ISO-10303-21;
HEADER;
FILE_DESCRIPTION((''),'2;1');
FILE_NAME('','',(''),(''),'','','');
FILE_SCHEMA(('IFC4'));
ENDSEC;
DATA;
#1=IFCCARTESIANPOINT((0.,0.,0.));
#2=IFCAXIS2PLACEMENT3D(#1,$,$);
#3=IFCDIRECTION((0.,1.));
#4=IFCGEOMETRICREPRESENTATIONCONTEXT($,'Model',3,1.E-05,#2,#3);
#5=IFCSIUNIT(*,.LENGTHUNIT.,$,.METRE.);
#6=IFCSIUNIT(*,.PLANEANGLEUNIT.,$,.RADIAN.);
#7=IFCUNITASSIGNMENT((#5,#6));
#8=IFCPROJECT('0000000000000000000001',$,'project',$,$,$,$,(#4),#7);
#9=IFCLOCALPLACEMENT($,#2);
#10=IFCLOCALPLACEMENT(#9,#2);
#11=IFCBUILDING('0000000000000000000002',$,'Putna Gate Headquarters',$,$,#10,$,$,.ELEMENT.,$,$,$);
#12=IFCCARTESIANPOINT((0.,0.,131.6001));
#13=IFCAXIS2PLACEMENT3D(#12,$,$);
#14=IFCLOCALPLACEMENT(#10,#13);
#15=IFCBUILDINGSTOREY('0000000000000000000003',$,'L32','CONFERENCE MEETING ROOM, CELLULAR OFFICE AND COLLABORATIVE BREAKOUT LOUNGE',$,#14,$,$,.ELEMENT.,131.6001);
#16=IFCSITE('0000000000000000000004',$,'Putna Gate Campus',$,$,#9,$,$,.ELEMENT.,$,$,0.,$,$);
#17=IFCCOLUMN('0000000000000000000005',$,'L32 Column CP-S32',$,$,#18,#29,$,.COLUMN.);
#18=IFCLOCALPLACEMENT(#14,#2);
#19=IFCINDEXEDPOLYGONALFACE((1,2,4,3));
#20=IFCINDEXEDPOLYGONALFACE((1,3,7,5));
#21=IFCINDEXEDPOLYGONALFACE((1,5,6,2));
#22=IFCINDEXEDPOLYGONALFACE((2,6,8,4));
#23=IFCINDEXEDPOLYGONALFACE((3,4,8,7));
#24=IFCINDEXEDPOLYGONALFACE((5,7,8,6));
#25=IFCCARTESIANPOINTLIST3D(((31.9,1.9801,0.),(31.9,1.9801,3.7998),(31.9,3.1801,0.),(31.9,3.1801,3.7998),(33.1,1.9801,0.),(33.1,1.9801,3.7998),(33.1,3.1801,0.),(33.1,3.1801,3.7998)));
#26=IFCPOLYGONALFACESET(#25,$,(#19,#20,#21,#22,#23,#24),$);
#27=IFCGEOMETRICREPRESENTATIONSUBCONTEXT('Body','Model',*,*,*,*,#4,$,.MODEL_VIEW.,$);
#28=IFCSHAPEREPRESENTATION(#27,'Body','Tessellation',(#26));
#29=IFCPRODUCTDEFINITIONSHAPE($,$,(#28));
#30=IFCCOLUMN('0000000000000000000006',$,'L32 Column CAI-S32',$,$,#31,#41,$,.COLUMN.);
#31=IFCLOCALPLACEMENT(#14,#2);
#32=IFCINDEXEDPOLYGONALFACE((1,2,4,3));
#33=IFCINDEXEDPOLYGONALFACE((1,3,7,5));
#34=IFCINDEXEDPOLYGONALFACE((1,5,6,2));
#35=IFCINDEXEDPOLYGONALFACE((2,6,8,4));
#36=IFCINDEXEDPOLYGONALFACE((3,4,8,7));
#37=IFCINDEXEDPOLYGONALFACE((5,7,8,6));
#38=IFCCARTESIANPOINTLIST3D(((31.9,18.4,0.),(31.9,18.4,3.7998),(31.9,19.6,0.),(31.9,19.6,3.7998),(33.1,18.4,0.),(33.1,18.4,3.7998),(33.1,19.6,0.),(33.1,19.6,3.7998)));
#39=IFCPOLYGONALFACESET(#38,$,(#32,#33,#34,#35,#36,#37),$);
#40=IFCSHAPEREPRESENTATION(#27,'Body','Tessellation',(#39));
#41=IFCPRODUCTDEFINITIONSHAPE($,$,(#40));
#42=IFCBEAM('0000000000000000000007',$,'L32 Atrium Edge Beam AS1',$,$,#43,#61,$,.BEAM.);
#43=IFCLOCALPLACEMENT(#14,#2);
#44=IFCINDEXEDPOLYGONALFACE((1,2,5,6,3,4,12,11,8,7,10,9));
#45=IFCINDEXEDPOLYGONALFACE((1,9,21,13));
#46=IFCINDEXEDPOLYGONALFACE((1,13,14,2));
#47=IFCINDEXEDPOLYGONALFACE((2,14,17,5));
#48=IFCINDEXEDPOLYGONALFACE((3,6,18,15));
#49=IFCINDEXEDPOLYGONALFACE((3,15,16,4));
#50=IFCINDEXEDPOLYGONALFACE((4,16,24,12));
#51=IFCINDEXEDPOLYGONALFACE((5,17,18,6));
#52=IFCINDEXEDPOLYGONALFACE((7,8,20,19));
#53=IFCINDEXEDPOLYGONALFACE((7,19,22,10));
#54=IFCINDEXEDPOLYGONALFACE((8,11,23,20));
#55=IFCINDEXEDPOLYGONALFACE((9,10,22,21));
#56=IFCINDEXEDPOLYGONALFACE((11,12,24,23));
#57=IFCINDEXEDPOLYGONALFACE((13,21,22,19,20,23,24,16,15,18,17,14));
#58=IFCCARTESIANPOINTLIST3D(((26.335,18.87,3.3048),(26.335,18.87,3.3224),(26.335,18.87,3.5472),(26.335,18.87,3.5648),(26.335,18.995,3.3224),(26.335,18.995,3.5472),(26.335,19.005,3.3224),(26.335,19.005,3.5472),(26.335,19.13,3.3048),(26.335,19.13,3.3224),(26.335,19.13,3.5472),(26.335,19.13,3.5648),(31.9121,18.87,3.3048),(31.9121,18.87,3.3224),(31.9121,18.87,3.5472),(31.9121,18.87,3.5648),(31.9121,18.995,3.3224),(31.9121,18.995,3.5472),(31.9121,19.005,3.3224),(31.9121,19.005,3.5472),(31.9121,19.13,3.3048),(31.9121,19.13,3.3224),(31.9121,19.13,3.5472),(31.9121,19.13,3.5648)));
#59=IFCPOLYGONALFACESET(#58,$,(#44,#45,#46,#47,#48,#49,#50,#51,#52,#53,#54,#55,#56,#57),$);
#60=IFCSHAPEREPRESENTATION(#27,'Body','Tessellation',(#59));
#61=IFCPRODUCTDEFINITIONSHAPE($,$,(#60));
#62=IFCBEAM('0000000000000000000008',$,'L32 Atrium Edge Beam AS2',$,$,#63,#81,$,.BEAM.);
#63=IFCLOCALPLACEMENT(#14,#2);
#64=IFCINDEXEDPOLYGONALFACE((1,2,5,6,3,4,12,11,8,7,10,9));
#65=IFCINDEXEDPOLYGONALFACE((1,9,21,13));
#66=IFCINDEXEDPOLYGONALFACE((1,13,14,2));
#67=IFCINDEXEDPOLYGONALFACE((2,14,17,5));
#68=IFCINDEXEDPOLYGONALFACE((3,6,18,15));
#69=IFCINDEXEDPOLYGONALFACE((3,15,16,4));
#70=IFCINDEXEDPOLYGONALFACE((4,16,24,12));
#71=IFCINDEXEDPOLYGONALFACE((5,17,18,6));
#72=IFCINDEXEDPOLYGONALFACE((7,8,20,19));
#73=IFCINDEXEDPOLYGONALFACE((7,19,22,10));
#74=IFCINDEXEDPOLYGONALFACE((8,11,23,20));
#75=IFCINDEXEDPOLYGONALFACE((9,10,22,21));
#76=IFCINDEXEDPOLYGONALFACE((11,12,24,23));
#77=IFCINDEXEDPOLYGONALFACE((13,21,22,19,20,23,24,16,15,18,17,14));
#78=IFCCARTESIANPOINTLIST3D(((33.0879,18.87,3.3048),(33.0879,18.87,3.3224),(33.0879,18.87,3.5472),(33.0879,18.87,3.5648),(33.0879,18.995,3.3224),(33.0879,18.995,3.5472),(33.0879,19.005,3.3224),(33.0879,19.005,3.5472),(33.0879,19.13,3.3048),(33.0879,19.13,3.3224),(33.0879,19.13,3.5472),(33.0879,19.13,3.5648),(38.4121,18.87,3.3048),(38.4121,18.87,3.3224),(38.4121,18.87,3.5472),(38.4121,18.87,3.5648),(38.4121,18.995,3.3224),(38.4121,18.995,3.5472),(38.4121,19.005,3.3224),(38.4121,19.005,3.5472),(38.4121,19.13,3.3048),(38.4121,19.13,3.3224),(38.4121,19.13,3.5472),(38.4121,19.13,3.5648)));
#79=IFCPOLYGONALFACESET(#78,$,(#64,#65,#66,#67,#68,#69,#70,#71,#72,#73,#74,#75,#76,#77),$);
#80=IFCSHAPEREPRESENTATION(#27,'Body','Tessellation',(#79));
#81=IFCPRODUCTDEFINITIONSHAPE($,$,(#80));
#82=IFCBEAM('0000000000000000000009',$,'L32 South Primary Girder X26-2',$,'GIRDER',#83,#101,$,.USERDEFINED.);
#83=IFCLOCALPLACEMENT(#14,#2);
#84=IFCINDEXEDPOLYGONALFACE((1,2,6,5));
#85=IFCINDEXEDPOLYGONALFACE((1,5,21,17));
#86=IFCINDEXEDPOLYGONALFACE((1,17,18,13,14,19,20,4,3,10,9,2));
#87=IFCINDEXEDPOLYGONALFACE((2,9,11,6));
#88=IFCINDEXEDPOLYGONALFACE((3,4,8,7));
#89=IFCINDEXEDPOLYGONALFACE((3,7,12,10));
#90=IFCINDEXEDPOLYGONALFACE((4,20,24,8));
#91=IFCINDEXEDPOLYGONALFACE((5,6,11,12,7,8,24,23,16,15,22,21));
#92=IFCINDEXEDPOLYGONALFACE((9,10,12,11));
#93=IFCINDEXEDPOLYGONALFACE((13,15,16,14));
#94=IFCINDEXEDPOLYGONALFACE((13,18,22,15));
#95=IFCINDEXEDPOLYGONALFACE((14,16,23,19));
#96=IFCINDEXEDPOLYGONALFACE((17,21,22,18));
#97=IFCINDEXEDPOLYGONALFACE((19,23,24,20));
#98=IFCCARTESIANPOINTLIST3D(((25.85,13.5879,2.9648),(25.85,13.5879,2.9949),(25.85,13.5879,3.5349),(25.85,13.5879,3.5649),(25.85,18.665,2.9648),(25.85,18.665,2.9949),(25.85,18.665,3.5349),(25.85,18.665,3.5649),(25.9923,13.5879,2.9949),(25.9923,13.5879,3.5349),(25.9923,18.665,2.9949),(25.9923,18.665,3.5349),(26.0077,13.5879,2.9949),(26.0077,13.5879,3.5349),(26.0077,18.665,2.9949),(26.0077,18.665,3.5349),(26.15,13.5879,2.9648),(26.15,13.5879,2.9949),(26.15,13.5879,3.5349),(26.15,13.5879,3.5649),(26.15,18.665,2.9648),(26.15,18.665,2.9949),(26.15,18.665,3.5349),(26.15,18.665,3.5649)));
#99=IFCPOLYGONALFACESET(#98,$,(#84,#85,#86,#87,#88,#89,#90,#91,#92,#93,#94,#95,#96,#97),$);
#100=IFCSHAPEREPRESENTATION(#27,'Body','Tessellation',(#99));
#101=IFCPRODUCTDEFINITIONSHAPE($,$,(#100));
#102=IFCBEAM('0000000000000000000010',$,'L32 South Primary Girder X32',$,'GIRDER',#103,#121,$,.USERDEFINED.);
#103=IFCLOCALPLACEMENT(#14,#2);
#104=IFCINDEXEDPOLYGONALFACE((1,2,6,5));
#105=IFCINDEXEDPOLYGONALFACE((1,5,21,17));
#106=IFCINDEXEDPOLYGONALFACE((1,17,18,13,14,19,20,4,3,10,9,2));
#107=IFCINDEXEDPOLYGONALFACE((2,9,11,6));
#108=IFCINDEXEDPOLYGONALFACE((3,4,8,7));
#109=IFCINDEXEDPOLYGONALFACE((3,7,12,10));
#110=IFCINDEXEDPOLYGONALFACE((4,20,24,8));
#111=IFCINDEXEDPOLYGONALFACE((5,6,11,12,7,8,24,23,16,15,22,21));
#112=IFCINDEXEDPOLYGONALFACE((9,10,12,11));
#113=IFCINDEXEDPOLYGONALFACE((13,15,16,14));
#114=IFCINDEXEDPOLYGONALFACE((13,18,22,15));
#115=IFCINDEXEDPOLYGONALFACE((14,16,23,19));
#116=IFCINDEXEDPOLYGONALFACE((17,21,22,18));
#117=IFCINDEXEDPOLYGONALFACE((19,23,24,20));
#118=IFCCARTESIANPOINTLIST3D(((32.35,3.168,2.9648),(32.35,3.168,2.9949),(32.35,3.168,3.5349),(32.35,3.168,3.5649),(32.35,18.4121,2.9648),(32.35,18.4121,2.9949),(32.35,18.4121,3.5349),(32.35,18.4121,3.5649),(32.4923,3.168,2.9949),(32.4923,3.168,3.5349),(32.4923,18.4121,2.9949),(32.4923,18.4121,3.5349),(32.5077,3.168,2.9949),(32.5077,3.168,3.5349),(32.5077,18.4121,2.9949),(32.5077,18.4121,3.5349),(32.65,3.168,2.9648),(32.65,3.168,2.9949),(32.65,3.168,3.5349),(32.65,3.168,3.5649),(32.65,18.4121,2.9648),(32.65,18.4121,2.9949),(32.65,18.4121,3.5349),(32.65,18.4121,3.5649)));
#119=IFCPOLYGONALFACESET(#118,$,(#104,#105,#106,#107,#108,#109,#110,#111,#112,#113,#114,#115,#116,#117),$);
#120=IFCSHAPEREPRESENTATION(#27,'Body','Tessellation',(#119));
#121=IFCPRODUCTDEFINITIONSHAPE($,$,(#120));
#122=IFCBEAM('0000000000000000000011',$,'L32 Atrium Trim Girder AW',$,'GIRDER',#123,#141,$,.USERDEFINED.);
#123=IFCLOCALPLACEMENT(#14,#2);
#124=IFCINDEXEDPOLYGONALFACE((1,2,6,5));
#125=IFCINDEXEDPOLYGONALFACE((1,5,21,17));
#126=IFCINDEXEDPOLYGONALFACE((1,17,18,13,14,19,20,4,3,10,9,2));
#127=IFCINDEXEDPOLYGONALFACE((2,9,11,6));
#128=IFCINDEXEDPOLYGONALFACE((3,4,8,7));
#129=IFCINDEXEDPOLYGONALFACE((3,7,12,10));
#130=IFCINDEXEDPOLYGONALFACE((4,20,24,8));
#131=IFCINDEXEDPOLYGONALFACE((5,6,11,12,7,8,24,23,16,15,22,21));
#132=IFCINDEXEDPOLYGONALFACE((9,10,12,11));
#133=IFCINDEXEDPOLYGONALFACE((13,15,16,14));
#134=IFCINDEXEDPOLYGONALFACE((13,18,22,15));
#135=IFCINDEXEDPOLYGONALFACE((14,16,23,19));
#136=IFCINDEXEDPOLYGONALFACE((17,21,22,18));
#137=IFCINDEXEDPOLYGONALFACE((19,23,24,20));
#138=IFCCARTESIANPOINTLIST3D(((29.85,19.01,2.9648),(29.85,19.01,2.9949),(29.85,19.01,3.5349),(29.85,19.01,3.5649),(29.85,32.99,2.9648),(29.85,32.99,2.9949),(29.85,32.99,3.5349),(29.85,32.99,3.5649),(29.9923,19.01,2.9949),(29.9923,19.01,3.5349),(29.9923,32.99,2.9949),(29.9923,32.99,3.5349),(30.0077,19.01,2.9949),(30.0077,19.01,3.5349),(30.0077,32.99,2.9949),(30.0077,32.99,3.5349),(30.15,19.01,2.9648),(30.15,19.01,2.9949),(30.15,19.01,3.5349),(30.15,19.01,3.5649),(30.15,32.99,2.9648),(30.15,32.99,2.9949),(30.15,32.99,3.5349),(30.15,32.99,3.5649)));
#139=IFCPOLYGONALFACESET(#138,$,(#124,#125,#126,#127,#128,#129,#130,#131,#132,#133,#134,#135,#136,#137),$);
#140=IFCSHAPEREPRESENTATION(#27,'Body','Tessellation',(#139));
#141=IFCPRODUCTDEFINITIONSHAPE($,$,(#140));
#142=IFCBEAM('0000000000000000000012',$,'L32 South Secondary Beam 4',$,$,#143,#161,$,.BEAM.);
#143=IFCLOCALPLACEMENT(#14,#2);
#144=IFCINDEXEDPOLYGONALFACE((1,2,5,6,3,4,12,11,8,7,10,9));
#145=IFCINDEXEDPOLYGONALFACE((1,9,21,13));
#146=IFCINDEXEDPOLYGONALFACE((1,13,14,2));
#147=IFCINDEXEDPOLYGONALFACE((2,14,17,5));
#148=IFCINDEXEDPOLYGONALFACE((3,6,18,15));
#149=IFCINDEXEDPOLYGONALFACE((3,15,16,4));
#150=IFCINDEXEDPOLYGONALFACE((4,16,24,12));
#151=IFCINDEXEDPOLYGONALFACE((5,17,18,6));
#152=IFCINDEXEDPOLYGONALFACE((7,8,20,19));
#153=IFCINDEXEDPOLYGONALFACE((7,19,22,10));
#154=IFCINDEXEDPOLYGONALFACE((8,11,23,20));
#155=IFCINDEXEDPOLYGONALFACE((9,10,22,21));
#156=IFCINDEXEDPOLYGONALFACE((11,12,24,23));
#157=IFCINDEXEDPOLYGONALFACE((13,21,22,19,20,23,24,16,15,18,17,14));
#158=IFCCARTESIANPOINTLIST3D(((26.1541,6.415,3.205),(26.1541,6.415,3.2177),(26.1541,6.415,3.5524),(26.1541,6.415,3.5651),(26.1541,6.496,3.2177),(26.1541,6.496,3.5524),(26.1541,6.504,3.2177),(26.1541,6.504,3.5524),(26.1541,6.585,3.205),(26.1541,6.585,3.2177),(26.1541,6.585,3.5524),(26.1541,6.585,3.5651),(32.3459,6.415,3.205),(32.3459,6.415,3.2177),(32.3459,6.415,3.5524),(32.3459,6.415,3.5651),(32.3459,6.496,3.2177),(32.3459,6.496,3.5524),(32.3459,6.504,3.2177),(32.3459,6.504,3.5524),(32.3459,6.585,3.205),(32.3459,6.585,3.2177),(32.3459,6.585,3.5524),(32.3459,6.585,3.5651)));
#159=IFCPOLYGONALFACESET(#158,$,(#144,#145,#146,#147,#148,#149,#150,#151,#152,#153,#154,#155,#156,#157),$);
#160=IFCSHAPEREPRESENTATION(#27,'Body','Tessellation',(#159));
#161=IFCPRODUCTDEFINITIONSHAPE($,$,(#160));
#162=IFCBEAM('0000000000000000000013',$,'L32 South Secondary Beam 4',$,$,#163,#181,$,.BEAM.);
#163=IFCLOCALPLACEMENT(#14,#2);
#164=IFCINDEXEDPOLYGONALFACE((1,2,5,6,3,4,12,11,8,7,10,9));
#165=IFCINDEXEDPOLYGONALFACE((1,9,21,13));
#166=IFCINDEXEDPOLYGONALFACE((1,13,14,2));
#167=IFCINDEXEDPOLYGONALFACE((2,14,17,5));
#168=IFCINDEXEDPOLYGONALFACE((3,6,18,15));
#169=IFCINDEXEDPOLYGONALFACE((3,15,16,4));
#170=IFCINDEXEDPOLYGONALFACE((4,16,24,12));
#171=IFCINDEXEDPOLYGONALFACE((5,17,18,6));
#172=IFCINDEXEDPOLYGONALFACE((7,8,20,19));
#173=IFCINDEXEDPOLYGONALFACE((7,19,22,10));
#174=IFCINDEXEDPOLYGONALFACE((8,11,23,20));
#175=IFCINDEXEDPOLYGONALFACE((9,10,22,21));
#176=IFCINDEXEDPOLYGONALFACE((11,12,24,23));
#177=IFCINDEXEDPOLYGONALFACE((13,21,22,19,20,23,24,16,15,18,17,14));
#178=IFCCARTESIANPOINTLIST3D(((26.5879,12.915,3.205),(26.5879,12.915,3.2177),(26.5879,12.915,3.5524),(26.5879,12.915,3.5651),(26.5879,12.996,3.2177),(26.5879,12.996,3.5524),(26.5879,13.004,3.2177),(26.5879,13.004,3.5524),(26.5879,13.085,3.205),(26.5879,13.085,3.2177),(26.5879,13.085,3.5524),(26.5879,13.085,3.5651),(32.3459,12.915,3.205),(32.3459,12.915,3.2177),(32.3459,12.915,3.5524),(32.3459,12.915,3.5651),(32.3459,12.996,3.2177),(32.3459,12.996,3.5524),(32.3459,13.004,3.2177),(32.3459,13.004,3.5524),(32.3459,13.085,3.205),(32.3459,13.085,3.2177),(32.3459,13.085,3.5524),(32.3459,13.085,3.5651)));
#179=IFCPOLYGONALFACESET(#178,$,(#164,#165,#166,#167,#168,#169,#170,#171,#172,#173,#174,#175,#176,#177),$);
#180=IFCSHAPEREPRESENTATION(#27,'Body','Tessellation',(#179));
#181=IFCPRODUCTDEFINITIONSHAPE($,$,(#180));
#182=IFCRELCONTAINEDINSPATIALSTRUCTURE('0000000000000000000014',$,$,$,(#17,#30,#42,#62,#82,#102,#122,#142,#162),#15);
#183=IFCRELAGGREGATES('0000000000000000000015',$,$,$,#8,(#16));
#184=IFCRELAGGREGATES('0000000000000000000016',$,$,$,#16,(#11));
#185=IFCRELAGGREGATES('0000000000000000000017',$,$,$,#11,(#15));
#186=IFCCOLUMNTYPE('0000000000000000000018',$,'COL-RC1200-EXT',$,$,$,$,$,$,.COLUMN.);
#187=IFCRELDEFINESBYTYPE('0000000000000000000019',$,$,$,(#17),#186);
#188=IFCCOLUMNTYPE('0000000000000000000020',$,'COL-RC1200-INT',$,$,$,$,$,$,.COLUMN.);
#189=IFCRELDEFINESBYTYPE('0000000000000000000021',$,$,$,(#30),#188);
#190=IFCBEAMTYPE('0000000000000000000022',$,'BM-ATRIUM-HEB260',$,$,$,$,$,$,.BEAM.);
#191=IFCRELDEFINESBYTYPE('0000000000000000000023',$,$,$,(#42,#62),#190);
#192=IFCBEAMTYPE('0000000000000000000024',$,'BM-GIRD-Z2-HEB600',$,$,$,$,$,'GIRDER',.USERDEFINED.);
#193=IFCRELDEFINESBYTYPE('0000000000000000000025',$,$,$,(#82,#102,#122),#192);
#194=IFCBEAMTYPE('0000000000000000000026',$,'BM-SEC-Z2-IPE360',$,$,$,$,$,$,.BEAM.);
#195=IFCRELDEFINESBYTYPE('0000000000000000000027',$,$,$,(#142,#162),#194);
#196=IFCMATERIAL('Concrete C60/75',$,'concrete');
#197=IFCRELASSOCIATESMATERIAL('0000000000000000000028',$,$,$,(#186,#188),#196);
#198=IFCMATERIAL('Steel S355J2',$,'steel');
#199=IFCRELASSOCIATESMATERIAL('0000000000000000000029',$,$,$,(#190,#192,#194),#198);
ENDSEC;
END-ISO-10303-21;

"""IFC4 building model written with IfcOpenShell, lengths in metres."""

from ifc_helpers import new_model, si_unit, direction, frame, origin, origin_2d, place, context, subcontext, project, spatial, rectangle, i_section, extrude, material, material_profile, profile_set, type_object, element, save


model = new_model("IFC4")

# Units and contexts
model_context = context("Model", 3, precision=1e-05, world=origin(), true_north=direction((0.0, 1.0)))
body_context = subcontext(model_context, "Body", "Model", "MODEL_VIEW")
ifc_project = project(units=[si_unit("LENGTHUNIT", "METRE"), si_unit("PLANEANGLEUNIT", "RADIAN")], contexts=[model_context])

# Site, building, storey
site_placement = place(None, origin())
site = spatial("IfcSite", under=ifc_project, at=site_placement, Name="Putna Gate Campus", CompositionType="ELEMENT", RefElevation=0.0)
building_placement = place(site_placement, origin())
building = spatial("IfcBuilding", under=site, at=building_placement, Name="Putna Gate Headquarters", CompositionType="ELEMENT")
storey_placement = place(building_placement, frame((0.0, 0.0, 131.6001)))
storey = spatial("IfcBuildingStorey", under=building, at=storey_placement, Name="L32", Description="CONFERENCE MEETING ROOM, CELLULAR OFFICE AND COLLABORATIVE BREAKOUT LOUNGE", CompositionType="ELEMENT", Elevation=131.6001)

# Columns
ifc_material_1 = material(Name="Concrete C60/75", Category="concrete")
ifc_material_profile_1 = material_profile(ifc_material_1, rectangle(XDim=1.2, YDim=1.2, at=origin_2d()), Name="Concrete C60/75")
ifc_profile_set_1 = profile_set([ifc_material_profile_1], Name="Concrete C60/75")
column_type_1 = type_object("IfcColumnType", Name="COL-RC1200-EXT", PredefinedType="COLUMN", material=ifc_profile_set_1)
column_1_placement = place(storey_placement, frame((32.5, 2.5801, 0.0), z_axis=(0.0, 0.0, 1.0), x_axis=(1.0, 0.0, 0.0)))
element("IfcColumn", 1, at=column_1_placement, inside=storey, type_object=column_type_1, Name="L32 Column CP-S32", PredefinedType="COLUMN", context=body_context, shape_type="SweptSolid", body=[
    extrude(rectangle(XDim=1.2, YDim=1.2, at=origin_2d()), origin(), (0.0, 0.0, 1.0), 3.7998),
])
ifc_material_profile_2 = material_profile(ifc_material_1, rectangle(XDim=1.2, YDim=1.2, at=origin_2d()), Name="Concrete C60/75")
ifc_profile_set_2 = profile_set([ifc_material_profile_2], Name="Concrete C60/75")
column_type_2 = type_object("IfcColumnType", Name="COL-RC1200-INT", PredefinedType="COLUMN", material=ifc_profile_set_2)
column_2_placement = place(storey_placement, frame((32.5, 19.0, 0.0), z_axis=(0.0, 0.0, 1.0), x_axis=(1.0, 0.0, 0.0)))
element("IfcColumn", 2, at=column_2_placement, inside=storey, type_object=column_type_2, Name="L32 Column CAI-S32", PredefinedType="COLUMN", context=body_context, shape_type="SweptSolid", body=[
    extrude(rectangle(XDim=1.2, YDim=1.2, at=origin_2d()), origin(), (0.0, 0.0, 1.0), 3.7998),
])

# Beams
ifc_material_2 = material(Name="Steel S355J2", Category="steel")
ifc_material_profile_3 = material_profile(ifc_material_2, i_section(OverallWidth=0.26, OverallDepth=0.26, WebThickness=0.01, FlangeThickness=0.0176, at=origin_2d()), Name="Steel S355J2")
ifc_profile_set_3 = profile_set([ifc_material_profile_3], Name="Steel S355J2")
beam_type_1 = type_object("IfcBeamType", Name="BM-ATRIUM-HEB260", PredefinedType="BEAM", material=ifc_profile_set_3)
beam_1_placement = place(storey_placement, frame((26.335, 19.0, 3.4348), z_axis=(1.0, 0.0, 0.0), x_axis=(0.0, 1.0, 0.0)))
element("IfcBeam", 3, at=beam_1_placement, inside=storey, type_object=beam_type_1, Name="L32 Atrium Edge Beam AS1", PredefinedType="BEAM", context=body_context, shape_type="SweptSolid", body=[
    extrude(i_section(OverallWidth=0.26, OverallDepth=0.26, WebThickness=0.01, FlangeThickness=0.0176, at=origin_2d()), origin(), (0.0, 0.0, 1.0), 5.5771),
])
beam_2_placement = place(storey_placement, frame((33.0879, 19.0, 3.4348), z_axis=(1.0, 0.0, 0.0), x_axis=(0.0, 1.0, 0.0)))
element("IfcBeam", 4, at=beam_2_placement, inside=storey, type_object=beam_type_1, Name="L32 Atrium Edge Beam AS2", PredefinedType="BEAM", context=body_context, shape_type="SweptSolid", body=[
    extrude(i_section(OverallWidth=0.26, OverallDepth=0.26, WebThickness=0.01, FlangeThickness=0.0176, at=origin_2d()), origin(), (0.0, 0.0, 1.0), 5.3242),
])
ifc_material_profile_4 = material_profile(ifc_material_2, i_section(OverallWidth=0.3, OverallDepth=0.6001, WebThickness=0.0154, FlangeThickness=0.03, at=origin_2d()), Name="Steel S355J2")
ifc_profile_set_4 = profile_set([ifc_material_profile_4], Name="Steel S355J2")
beam_type_2 = type_object("IfcBeamType", Name="BM-GIRD-Z2-HEB600", ElementType="GIRDER", PredefinedType="USERDEFINED", material=ifc_profile_set_4)
beam_3_placement = place(storey_placement, frame((26.0, 13.5879, 3.2649), z_axis=(0.0, 1.0, 0.0), x_axis=(-1.0, 0.0, 0.0)))
element("IfcBeam", 5, at=beam_3_placement, inside=storey, type_object=beam_type_2, Name="L32 South Primary Girder X26-2", ObjectType="GIRDER", PredefinedType="USERDEFINED", context=body_context, shape_type="SweptSolid", body=[
    extrude(i_section(OverallWidth=0.3, OverallDepth=0.6001, WebThickness=0.0154, FlangeThickness=0.03, at=origin_2d()), origin(), (0.0, 0.0, 1.0), 5.0771),
])
beam_4_placement = place(storey_placement, frame((32.5, 3.168, 3.2649), z_axis=(0.0, 1.0, 0.0), x_axis=(-1.0, 0.0, 0.0)))
element("IfcBeam", 6, at=beam_4_placement, inside=storey, type_object=beam_type_2, Name="L32 South Primary Girder X32", ObjectType="GIRDER", PredefinedType="USERDEFINED", context=body_context, shape_type="SweptSolid", body=[
    extrude(i_section(OverallWidth=0.3, OverallDepth=0.6001, WebThickness=0.0154, FlangeThickness=0.03, at=origin_2d()), origin(), (0.0, 0.0, 1.0), 15.2441),
])
beam_5_placement = place(storey_placement, frame((30.0, 19.01, 3.2649), z_axis=(0.0, 1.0, 0.0), x_axis=(-1.0, 0.0, 0.0)))
element("IfcBeam", 7, at=beam_5_placement, inside=storey, type_object=beam_type_2, Name="L32 Atrium Trim Girder AW", ObjectType="GIRDER", PredefinedType="USERDEFINED", context=body_context, shape_type="SweptSolid", body=[
    extrude(i_section(OverallWidth=0.3, OverallDepth=0.6001, WebThickness=0.0154, FlangeThickness=0.03, at=origin_2d()), origin(), (0.0, 0.0, 1.0), 13.98),
])
ifc_material_profile_5 = material_profile(ifc_material_2, i_section(OverallWidth=0.1699, OverallDepth=0.3601, WebThickness=0.0081, FlangeThickness=0.0127, at=origin_2d()), Name="Steel S355J2")
ifc_profile_set_5 = profile_set([ifc_material_profile_5], Name="Steel S355J2")
beam_type_3 = type_object("IfcBeamType", Name="BM-SEC-Z2-IPE360", PredefinedType="BEAM", material=ifc_profile_set_5)
beam_6_placement = place(storey_placement, frame((26.1541, 6.5, 3.385), z_axis=(1.0, 0.0, 0.0), x_axis=(0.0, 1.0, 0.0)))
element("IfcBeam", 8, at=beam_6_placement, inside=storey, type_object=beam_type_3, Name="L32 South Secondary Beam 4", PredefinedType="BEAM", context=body_context, shape_type="SweptSolid", body=[
    extrude(i_section(OverallWidth=0.1699, OverallDepth=0.3601, WebThickness=0.0081, FlangeThickness=0.0127, at=origin_2d()), origin(), (0.0, 0.0, 1.0), 6.1919),
])
beam_7_placement = place(storey_placement, frame((26.5879, 13.0, 3.385), z_axis=(1.0, 0.0, 0.0), x_axis=(0.0, 1.0, 0.0)))
element("IfcBeam", 9, at=beam_7_placement, inside=storey, type_object=beam_type_3, Name="L32 South Secondary Beam 4", PredefinedType="BEAM", context=body_context, shape_type="SweptSolid", body=[
    extrude(i_section(OverallWidth=0.1699, OverallDepth=0.3601, WebThickness=0.0081, FlangeThickness=0.0127, at=origin_2d()), origin(), (0.0, 0.0, 1.0), 5.7581),
])

save(model, "model.ifc")
